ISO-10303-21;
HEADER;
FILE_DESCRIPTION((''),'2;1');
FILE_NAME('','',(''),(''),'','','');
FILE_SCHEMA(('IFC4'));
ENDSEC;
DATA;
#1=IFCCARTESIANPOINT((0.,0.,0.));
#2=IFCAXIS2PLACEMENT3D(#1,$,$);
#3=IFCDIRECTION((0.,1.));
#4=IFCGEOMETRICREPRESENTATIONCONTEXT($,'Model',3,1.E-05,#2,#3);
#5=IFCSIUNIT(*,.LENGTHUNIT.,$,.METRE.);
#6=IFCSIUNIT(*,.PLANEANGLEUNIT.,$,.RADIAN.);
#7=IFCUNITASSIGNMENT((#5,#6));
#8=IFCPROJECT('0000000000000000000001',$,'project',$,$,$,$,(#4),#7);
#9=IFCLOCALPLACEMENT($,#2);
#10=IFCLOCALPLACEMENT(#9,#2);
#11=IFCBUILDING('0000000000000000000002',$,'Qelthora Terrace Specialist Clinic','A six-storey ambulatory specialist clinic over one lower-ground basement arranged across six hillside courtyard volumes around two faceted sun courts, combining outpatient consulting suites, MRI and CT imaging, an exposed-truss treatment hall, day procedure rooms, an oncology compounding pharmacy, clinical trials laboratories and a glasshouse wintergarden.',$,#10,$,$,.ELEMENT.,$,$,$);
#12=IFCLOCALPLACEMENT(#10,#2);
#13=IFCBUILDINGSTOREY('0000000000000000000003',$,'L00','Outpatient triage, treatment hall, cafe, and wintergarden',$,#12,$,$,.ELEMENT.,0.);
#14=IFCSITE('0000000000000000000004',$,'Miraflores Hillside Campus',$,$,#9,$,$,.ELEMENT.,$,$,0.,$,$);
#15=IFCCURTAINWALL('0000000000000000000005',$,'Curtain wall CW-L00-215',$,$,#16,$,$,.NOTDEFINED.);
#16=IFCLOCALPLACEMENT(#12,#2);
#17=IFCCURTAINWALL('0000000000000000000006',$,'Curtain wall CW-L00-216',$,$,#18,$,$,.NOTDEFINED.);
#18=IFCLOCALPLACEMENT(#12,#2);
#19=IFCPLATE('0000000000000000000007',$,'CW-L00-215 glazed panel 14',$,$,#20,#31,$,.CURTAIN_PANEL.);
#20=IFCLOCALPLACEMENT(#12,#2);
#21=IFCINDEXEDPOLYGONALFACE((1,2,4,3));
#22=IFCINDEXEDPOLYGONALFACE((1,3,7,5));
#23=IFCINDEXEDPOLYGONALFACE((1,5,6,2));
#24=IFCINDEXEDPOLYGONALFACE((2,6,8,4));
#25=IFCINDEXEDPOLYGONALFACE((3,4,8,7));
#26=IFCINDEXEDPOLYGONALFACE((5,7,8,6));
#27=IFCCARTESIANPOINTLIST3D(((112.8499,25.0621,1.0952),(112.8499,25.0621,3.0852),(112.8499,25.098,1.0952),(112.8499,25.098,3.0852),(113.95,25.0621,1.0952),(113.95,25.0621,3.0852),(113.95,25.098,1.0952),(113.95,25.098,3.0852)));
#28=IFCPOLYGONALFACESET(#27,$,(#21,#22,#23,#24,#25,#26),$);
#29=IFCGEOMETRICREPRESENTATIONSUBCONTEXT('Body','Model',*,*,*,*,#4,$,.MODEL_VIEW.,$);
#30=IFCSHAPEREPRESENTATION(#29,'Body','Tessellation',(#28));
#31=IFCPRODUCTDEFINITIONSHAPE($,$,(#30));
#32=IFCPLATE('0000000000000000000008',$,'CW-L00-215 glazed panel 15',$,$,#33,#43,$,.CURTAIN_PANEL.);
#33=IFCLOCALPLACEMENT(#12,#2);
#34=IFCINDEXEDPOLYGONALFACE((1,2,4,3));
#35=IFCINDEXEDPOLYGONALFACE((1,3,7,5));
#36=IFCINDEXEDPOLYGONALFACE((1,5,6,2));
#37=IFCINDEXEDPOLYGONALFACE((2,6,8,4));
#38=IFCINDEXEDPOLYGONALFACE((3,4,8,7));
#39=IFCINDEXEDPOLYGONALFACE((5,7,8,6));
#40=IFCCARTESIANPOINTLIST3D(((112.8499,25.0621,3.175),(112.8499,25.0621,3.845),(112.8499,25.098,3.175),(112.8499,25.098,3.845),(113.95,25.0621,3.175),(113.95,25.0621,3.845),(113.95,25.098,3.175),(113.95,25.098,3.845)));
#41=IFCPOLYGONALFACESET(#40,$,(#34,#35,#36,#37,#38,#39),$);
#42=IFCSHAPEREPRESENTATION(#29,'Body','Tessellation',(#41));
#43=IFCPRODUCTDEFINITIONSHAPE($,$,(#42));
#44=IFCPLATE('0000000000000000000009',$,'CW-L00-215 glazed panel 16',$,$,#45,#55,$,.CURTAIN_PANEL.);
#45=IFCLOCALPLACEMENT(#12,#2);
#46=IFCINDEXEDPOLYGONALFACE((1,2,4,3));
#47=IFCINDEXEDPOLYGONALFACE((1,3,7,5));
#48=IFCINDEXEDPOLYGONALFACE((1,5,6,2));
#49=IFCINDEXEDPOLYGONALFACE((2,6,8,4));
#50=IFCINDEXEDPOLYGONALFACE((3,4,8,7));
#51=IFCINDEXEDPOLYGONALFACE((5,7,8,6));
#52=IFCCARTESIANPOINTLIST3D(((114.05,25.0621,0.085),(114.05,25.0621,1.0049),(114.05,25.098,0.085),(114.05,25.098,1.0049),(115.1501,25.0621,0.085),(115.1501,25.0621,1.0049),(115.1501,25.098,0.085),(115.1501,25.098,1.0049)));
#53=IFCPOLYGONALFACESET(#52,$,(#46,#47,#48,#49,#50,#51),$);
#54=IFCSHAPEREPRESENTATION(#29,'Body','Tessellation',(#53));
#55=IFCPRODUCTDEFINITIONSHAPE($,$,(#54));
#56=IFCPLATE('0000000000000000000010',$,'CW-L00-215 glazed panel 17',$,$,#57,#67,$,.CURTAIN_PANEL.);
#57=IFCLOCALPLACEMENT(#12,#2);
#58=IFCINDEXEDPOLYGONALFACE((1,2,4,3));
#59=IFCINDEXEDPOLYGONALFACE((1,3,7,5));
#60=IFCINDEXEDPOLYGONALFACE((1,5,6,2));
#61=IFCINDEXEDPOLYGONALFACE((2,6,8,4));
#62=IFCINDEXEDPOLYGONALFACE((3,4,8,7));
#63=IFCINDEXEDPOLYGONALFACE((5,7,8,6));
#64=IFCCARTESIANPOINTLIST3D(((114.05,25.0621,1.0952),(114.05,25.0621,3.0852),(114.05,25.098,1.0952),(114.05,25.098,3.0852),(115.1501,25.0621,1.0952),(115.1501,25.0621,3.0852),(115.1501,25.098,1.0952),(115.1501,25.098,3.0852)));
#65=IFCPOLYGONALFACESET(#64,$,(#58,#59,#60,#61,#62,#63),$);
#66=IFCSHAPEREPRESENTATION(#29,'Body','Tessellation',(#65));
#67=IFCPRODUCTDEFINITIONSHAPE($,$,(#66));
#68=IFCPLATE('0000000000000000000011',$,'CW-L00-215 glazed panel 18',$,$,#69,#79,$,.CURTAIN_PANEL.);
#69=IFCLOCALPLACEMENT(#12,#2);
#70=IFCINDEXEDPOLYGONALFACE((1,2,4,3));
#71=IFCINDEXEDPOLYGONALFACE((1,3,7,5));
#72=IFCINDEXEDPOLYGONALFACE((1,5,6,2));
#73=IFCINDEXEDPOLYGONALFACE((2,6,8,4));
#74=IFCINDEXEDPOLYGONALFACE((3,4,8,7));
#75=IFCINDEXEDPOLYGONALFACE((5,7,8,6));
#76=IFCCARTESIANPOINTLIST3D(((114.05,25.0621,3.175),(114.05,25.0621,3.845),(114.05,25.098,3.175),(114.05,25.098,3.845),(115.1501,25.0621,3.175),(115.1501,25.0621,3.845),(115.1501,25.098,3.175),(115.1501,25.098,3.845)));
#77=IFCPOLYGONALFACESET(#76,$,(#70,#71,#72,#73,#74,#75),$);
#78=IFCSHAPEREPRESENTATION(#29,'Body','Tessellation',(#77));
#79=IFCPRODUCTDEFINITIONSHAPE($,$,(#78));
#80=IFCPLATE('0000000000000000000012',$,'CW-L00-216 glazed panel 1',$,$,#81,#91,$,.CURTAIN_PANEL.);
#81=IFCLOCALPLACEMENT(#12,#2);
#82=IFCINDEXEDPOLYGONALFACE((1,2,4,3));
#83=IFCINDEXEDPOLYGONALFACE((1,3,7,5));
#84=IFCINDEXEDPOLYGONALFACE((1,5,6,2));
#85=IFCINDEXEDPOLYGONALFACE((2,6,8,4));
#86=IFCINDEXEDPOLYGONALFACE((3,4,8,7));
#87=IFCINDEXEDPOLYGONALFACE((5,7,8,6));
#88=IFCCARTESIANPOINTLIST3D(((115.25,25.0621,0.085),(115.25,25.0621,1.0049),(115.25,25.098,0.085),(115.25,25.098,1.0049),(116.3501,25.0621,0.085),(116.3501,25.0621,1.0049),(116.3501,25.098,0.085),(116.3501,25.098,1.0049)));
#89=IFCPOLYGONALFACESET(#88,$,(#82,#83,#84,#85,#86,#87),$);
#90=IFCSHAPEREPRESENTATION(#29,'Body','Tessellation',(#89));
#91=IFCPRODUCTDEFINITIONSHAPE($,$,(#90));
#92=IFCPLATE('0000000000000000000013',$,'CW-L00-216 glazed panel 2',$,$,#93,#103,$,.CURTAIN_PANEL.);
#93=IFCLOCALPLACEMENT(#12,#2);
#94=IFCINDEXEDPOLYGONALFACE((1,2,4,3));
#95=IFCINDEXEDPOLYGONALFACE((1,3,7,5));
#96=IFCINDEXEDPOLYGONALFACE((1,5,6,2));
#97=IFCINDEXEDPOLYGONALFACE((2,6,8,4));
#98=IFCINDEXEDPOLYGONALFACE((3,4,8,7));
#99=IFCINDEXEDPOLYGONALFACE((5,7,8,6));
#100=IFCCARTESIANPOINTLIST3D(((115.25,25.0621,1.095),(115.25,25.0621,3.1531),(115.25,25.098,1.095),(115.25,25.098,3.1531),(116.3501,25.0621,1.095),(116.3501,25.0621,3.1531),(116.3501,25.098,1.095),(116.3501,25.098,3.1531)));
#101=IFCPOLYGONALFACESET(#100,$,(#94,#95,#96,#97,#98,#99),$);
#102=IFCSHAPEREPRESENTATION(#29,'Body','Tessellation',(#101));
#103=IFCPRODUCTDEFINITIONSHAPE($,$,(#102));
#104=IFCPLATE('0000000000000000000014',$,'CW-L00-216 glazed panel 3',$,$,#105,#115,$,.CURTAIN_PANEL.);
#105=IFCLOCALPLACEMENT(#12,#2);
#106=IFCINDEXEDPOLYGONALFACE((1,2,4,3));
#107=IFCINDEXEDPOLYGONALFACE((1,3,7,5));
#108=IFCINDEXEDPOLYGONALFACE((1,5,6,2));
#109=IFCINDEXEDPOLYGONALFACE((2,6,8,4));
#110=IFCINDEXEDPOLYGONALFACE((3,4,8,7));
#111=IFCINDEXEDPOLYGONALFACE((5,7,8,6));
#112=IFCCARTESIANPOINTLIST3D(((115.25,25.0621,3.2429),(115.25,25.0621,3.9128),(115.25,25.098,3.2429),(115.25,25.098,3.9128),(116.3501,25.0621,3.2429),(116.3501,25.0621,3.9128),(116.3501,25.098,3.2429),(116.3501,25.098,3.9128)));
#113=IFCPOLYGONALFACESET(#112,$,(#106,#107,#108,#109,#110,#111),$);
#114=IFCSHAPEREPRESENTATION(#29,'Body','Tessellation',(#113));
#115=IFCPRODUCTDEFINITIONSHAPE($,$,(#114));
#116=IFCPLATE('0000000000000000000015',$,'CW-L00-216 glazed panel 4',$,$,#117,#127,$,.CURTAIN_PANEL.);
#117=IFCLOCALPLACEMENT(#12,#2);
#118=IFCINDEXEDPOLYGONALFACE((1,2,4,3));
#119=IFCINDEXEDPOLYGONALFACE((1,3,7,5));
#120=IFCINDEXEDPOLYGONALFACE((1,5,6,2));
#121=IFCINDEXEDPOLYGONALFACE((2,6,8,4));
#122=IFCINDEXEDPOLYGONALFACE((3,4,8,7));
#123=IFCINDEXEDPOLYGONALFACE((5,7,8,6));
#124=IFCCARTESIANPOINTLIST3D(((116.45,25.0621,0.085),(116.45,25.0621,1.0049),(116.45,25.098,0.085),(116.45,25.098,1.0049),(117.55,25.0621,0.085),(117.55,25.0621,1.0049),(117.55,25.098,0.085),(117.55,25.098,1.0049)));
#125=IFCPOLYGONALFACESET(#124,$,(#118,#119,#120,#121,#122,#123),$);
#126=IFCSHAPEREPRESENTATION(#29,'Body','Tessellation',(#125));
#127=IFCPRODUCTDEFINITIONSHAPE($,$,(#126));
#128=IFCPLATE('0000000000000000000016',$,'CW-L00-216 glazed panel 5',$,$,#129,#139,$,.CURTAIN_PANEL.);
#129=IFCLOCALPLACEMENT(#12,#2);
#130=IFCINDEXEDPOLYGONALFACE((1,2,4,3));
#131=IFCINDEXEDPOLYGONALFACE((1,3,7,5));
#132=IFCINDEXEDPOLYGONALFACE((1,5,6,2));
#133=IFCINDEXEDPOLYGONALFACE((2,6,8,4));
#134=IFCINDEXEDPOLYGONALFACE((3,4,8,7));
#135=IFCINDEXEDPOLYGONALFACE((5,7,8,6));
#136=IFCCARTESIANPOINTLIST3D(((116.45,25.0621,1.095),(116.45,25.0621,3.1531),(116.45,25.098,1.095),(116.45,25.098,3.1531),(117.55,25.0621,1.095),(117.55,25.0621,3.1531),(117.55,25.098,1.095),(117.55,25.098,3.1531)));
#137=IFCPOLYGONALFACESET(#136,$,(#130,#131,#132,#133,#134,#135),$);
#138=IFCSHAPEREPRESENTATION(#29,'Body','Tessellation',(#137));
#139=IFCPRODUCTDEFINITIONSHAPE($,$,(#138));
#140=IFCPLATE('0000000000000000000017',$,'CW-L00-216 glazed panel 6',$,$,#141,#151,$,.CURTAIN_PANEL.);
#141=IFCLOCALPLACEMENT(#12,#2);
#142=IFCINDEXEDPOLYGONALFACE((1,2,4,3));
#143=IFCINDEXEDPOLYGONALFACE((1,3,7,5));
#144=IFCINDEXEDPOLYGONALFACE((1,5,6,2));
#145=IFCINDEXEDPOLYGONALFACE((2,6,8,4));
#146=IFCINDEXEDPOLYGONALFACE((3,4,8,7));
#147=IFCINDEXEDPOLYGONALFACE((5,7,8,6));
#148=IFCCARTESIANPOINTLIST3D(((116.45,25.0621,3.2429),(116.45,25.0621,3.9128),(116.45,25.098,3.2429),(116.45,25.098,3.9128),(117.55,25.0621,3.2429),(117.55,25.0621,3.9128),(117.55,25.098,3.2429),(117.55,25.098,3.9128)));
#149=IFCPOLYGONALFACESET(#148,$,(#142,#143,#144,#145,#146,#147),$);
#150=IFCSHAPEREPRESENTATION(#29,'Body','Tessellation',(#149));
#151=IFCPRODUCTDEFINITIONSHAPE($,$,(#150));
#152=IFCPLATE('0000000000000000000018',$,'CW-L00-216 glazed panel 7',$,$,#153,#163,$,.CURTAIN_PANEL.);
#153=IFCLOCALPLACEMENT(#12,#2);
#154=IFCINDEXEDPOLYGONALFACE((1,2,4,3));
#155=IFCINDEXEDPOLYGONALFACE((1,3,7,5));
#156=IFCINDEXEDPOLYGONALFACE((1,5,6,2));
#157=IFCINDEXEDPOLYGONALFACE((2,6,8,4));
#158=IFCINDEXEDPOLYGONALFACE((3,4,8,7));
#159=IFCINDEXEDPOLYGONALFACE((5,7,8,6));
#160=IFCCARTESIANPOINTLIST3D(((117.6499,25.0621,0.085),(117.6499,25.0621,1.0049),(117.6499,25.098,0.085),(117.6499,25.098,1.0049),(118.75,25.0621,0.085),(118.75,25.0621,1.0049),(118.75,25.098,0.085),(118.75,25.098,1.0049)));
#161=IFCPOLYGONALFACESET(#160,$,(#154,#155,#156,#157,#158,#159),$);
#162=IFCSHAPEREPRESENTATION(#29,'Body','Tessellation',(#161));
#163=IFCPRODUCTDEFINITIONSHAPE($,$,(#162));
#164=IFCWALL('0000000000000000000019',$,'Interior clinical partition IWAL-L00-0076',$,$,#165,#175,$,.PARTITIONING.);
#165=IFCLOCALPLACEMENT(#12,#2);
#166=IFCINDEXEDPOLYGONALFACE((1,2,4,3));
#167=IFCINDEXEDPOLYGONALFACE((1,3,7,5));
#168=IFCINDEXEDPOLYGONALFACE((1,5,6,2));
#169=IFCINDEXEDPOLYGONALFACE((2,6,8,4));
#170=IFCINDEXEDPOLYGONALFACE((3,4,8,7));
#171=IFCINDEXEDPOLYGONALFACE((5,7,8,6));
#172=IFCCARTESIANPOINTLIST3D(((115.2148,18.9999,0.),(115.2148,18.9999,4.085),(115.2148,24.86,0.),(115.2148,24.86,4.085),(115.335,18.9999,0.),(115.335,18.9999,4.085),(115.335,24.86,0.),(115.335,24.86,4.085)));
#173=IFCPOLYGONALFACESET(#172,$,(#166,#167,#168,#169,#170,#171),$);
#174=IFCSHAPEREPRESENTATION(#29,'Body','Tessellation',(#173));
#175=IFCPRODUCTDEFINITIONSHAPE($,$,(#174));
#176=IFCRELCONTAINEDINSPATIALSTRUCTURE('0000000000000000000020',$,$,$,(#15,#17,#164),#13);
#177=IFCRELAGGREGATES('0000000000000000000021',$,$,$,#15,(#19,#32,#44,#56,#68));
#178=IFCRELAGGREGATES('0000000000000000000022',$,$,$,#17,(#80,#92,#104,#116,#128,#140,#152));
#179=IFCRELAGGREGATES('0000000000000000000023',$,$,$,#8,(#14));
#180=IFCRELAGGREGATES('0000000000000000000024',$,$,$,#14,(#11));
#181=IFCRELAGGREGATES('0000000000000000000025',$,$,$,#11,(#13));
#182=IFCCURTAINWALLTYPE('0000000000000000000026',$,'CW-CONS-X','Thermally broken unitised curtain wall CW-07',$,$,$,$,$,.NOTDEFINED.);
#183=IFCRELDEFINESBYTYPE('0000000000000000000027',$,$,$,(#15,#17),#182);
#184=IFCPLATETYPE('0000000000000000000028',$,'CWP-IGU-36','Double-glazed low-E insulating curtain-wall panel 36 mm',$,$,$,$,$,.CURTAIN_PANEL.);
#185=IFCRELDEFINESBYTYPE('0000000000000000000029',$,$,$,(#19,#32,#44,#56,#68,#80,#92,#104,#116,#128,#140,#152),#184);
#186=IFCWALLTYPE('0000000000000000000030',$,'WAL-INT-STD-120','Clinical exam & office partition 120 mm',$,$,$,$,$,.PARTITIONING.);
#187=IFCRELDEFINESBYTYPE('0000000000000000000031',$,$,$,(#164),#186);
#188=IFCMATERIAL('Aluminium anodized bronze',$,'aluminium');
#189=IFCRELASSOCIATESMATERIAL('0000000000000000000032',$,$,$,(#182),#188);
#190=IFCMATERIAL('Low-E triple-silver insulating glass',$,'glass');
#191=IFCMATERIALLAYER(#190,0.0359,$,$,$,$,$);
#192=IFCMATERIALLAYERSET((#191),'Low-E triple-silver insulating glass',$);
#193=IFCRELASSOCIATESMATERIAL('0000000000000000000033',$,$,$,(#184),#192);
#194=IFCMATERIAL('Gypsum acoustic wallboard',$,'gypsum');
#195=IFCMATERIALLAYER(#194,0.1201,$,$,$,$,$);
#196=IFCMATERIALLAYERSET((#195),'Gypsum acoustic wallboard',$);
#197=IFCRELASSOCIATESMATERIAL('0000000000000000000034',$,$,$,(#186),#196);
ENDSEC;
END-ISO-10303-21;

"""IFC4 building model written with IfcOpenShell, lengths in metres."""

from ifc_helpers import new_model, si_unit, direction, frame, frame_2d, origin, origin_2d, place, context, subcontext, project, spatial, rectangle, extrude, material, layer, layer_set, type_object, element, aggregate, save


model = new_model("IFC4")

# Units and contexts
model_context = context("Model", 3, precision=1e-05, world=origin(), true_north=direction((0.0, 1.0)))
body_context = subcontext(model_context, "Body", "Model", "MODEL_VIEW")
ifc_project = project(units=[si_unit("LENGTHUNIT", "METRE"), si_unit("PLANEANGLEUNIT", "RADIAN")], contexts=[model_context])

# Site, building, storey
site_placement = place(None, origin())
site = spatial("IfcSite", under=ifc_project, at=site_placement, Name="Miraflores Hillside Campus", CompositionType="ELEMENT", RefElevation=0.0)
building_placement = place(site_placement, origin())
building = spatial("IfcBuilding", under=site, at=building_placement, Name="Qelthora Terrace Specialist Clinic", Description="A six-storey ambulatory specialist clinic over one lower-ground basement arranged across six hillside courtyard volumes around two faceted sun courts, combining outpatient consulting suites, MRI and CT imaging, an exposed-truss treatment hall, day procedure rooms, an oncology compounding pharmacy, clinical trials laboratories and a glasshouse wintergarden.", CompositionType="ELEMENT")
storey_placement = place(building_placement, origin())
storey = spatial("IfcBuildingStorey", under=building, at=storey_placement, Name="L00", Description="Outpatient triage, treatment hall, cafe, and wintergarden", CompositionType="ELEMENT", Elevation=0.0)

# Curtain walls
ifc_material_1 = material(Name="Aluminium anodized bronze", Category="aluminium")
curtain_wall_type = type_object("IfcCurtainWallType", Name="CW-CONS-X", Description="Thermally broken unitised curtain wall CW-07", PredefinedType="NOTDEFINED", material=ifc_material_1)
curtain_wall_1_placement = place(storey_placement, origin())
curtain_wall_1 = element("IfcCurtainWall", 1, at=curtain_wall_1_placement, inside=storey, type_object=curtain_wall_type, Name="Curtain wall CW-L00-215", PredefinedType="NOTDEFINED")
curtain_wall_2_placement = place(storey_placement, origin())
curtain_wall_2 = element("IfcCurtainWall", 2, at=curtain_wall_2_placement, inside=storey, type_object=curtain_wall_type, Name="Curtain wall CW-L00-216", PredefinedType="NOTDEFINED")

# Plates
ifc_material_2 = material(Name="Low-E triple-silver insulating glass", Category="glass")
ifc_layer_1 = layer(ifc_material_2, 0.0359)
ifc_layer_set_1 = layer_set([ifc_layer_1], Name="Low-E triple-silver insulating glass")
plate_type = type_object("IfcPlateType", Name="CWP-IGU-36", Description="Double-glazed low-E insulating curtain-wall panel 36 mm", PredefinedType="CURTAIN_PANEL", material=ifc_layer_set_1)
plate_1_placement = place(storey_placement, frame((113.3999, 25.0801, 1.0952), z_axis=(0.0, 0.0, 1.0), x_axis=(1.0, 0.0, 0.0)))
plate_1 = element("IfcPlate", 3, at=plate_1_placement, type_object=plate_type, Name="CW-L00-215 glazed panel 14", PredefinedType="CURTAIN_PANEL", context=body_context, shape_type="SweptSolid", body=[
    extrude(rectangle(XDim=1.1001, YDim=0.0359, at=origin_2d()), origin(), (0.0, 0.0, 1.0), 1.99),
])
plate_2_placement = place(storey_placement, frame((113.3999, 25.0801, 3.175), z_axis=(0.0, 0.0, 1.0), x_axis=(1.0, 0.0, 0.0)))
plate_2 = element("IfcPlate", 4, at=plate_2_placement, type_object=plate_type, Name="CW-L00-215 glazed panel 15", PredefinedType="CURTAIN_PANEL", context=body_context, shape_type="SweptSolid", body=[
    extrude(rectangle(XDim=1.1001, YDim=0.0359, at=origin_2d()), origin(), (0.0, 0.0, 1.0), 0.6699),
])
plate_3_placement = place(storey_placement, frame((114.6001, 25.0801, 0.085), z_axis=(0.0, 0.0, 1.0), x_axis=(1.0, 0.0, 0.0)))
plate_3 = element("IfcPlate", 5, at=plate_3_placement, type_object=plate_type, Name="CW-L00-215 glazed panel 16", PredefinedType="CURTAIN_PANEL", context=body_context, shape_type="SweptSolid", body=[
    extrude(rectangle(XDim=1.1001, YDim=0.0359, at=origin_2d()), origin(), (0.0, 0.0, 1.0), 0.9199),
])
plate_4_placement = place(storey_placement, frame((114.6001, 25.0801, 1.0952), z_axis=(0.0, 0.0, 1.0), x_axis=(1.0, 0.0, 0.0)))
plate_4 = element("IfcPlate", 6, at=plate_4_placement, type_object=plate_type, Name="CW-L00-215 glazed panel 17", PredefinedType="CURTAIN_PANEL", context=body_context, shape_type="SweptSolid", body=[
    extrude(rectangle(XDim=1.1001, YDim=0.0359, at=origin_2d()), origin(), (0.0, 0.0, 1.0), 1.99),
])
plate_5_placement = place(storey_placement, frame((114.6001, 25.0801, 3.175), z_axis=(0.0, 0.0, 1.0), x_axis=(1.0, 0.0, 0.0)))
plate_5 = element("IfcPlate", 7, at=plate_5_placement, type_object=plate_type, Name="CW-L00-215 glazed panel 18", PredefinedType="CURTAIN_PANEL", context=body_context, shape_type="SweptSolid", body=[
    extrude(rectangle(XDim=1.1001, YDim=0.0359, at=origin_2d()), origin(), (0.0, 0.0, 1.0), 0.6699),
])
aggregate(curtain_wall_1, [plate_1, plate_2, plate_3, plate_4, plate_5])
plate_6_placement = place(storey_placement, frame((115.8, 25.0801, 0.085), z_axis=(0.0, 0.0, 1.0), x_axis=(1.0, 0.0, 0.0)))
plate_6 = element("IfcPlate", 8, at=plate_6_placement, type_object=plate_type, Name="CW-L00-216 glazed panel 1", PredefinedType="CURTAIN_PANEL", context=body_context, shape_type="SweptSolid", body=[
    extrude(rectangle(XDim=1.1001, YDim=0.0359, at=origin_2d()), origin(), (0.0, 0.0, 1.0), 0.9199),
])
plate_7_placement = place(storey_placement, frame((115.8, 25.0801, 1.095), z_axis=(0.0, 0.0, 1.0), x_axis=(1.0, 0.0, 0.0)))
plate_7 = element("IfcPlate", 9, at=plate_7_placement, type_object=plate_type, Name="CW-L00-216 glazed panel 2", PredefinedType="CURTAIN_PANEL", context=body_context, shape_type="SweptSolid", body=[
    extrude(rectangle(XDim=1.1001, YDim=0.0359, at=origin_2d()), origin(), (0.0, 0.0, 1.0), 2.0581),
])
plate_8_placement = place(storey_placement, frame((115.8, 25.0801, 3.2429), z_axis=(0.0, 0.0, 1.0), x_axis=(1.0, 0.0, 0.0)))
plate_8 = element("IfcPlate", 10, at=plate_8_placement, type_object=plate_type, Name="CW-L00-216 glazed panel 3", PredefinedType="CURTAIN_PANEL", context=body_context, shape_type="SweptSolid", body=[
    extrude(rectangle(XDim=1.1001, YDim=0.0359, at=origin_2d()), origin(), (0.0, 0.0, 1.0), 0.6699),
])
plate_9_placement = place(storey_placement, frame((117.0, 25.0801, 0.085), z_axis=(0.0, 0.0, 1.0), x_axis=(1.0, 0.0, 0.0)))
plate_9 = element("IfcPlate", 11, at=plate_9_placement, type_object=plate_type, Name="CW-L00-216 glazed panel 4", PredefinedType="CURTAIN_PANEL", context=body_context, shape_type="SweptSolid", body=[
    extrude(rectangle(XDim=1.1001, YDim=0.0359, at=origin_2d()), origin(), (0.0, 0.0, 1.0), 0.9199),
])
plate_10_placement = place(storey_placement, frame((117.0, 25.0801, 1.095), z_axis=(0.0, 0.0, 1.0), x_axis=(1.0, 0.0, 0.0)))
plate_10 = element("IfcPlate", 12, at=plate_10_placement, type_object=plate_type, Name="CW-L00-216 glazed panel 5", PredefinedType="CURTAIN_PANEL", context=body_context, shape_type="SweptSolid", body=[
    extrude(rectangle(XDim=1.1001, YDim=0.0359, at=origin_2d()), origin(), (0.0, 0.0, 1.0), 2.0581),
])
plate_11_placement = place(storey_placement, frame((117.0, 25.0801, 3.2429), z_axis=(0.0, 0.0, 1.0), x_axis=(1.0, 0.0, 0.0)))
plate_11 = element("IfcPlate", 13, at=plate_11_placement, type_object=plate_type, Name="CW-L00-216 glazed panel 6", PredefinedType="CURTAIN_PANEL", context=body_context, shape_type="SweptSolid", body=[
    extrude(rectangle(XDim=1.1001, YDim=0.0359, at=origin_2d()), origin(), (0.0, 0.0, 1.0), 0.6699),
])
plate_12_placement = place(storey_placement, frame((118.2, 25.0801, 0.085), z_axis=(0.0, 0.0, 1.0), x_axis=(1.0, 0.0, 0.0)))
plate_12 = element("IfcPlate", 14, at=plate_12_placement, type_object=plate_type, Name="CW-L00-216 glazed panel 7", PredefinedType="CURTAIN_PANEL", context=body_context, shape_type="SweptSolid", body=[
    extrude(rectangle(XDim=1.1001, YDim=0.0359, at=origin_2d()), origin(), (0.0, 0.0, 1.0), 0.9199),
])
aggregate(curtain_wall_2, [plate_6, plate_7, plate_8, plate_9, plate_10, plate_11, plate_12])

# Wall
ifc_material_3 = material(Name="Gypsum acoustic wallboard", Category="gypsum")
ifc_layer_2 = layer(ifc_material_3, 0.1201)
ifc_layer_set_2 = layer_set([ifc_layer_2], Name="Gypsum acoustic wallboard")
wall_type = type_object("IfcWallType", Name="WAL-INT-STD-120", Description="Clinical exam & office partition 120 mm", PredefinedType="PARTITIONING", material=ifc_layer_set_2)
wall_placement = place(storey_placement, frame((115.2749, 24.8601, 0.0), z_axis=(0.0, 0.0, 1.0), x_axis=(0.0, -1.0, 0.0)))
element("IfcWall", 15, at=wall_placement, inside=storey, type_object=wall_type, Name="Interior clinical partition IWAL-L00-0076", PredefinedType="PARTITIONING", context=body_context, shape_type="SweptSolid", body=[
    extrude(rectangle(XDim=5.8601, YDim=0.1201, at=frame_2d((2.9302, 0.0))), origin(), (0.0, 0.0, 1.0), 4.085),
])

save(model, "model.ifc")
